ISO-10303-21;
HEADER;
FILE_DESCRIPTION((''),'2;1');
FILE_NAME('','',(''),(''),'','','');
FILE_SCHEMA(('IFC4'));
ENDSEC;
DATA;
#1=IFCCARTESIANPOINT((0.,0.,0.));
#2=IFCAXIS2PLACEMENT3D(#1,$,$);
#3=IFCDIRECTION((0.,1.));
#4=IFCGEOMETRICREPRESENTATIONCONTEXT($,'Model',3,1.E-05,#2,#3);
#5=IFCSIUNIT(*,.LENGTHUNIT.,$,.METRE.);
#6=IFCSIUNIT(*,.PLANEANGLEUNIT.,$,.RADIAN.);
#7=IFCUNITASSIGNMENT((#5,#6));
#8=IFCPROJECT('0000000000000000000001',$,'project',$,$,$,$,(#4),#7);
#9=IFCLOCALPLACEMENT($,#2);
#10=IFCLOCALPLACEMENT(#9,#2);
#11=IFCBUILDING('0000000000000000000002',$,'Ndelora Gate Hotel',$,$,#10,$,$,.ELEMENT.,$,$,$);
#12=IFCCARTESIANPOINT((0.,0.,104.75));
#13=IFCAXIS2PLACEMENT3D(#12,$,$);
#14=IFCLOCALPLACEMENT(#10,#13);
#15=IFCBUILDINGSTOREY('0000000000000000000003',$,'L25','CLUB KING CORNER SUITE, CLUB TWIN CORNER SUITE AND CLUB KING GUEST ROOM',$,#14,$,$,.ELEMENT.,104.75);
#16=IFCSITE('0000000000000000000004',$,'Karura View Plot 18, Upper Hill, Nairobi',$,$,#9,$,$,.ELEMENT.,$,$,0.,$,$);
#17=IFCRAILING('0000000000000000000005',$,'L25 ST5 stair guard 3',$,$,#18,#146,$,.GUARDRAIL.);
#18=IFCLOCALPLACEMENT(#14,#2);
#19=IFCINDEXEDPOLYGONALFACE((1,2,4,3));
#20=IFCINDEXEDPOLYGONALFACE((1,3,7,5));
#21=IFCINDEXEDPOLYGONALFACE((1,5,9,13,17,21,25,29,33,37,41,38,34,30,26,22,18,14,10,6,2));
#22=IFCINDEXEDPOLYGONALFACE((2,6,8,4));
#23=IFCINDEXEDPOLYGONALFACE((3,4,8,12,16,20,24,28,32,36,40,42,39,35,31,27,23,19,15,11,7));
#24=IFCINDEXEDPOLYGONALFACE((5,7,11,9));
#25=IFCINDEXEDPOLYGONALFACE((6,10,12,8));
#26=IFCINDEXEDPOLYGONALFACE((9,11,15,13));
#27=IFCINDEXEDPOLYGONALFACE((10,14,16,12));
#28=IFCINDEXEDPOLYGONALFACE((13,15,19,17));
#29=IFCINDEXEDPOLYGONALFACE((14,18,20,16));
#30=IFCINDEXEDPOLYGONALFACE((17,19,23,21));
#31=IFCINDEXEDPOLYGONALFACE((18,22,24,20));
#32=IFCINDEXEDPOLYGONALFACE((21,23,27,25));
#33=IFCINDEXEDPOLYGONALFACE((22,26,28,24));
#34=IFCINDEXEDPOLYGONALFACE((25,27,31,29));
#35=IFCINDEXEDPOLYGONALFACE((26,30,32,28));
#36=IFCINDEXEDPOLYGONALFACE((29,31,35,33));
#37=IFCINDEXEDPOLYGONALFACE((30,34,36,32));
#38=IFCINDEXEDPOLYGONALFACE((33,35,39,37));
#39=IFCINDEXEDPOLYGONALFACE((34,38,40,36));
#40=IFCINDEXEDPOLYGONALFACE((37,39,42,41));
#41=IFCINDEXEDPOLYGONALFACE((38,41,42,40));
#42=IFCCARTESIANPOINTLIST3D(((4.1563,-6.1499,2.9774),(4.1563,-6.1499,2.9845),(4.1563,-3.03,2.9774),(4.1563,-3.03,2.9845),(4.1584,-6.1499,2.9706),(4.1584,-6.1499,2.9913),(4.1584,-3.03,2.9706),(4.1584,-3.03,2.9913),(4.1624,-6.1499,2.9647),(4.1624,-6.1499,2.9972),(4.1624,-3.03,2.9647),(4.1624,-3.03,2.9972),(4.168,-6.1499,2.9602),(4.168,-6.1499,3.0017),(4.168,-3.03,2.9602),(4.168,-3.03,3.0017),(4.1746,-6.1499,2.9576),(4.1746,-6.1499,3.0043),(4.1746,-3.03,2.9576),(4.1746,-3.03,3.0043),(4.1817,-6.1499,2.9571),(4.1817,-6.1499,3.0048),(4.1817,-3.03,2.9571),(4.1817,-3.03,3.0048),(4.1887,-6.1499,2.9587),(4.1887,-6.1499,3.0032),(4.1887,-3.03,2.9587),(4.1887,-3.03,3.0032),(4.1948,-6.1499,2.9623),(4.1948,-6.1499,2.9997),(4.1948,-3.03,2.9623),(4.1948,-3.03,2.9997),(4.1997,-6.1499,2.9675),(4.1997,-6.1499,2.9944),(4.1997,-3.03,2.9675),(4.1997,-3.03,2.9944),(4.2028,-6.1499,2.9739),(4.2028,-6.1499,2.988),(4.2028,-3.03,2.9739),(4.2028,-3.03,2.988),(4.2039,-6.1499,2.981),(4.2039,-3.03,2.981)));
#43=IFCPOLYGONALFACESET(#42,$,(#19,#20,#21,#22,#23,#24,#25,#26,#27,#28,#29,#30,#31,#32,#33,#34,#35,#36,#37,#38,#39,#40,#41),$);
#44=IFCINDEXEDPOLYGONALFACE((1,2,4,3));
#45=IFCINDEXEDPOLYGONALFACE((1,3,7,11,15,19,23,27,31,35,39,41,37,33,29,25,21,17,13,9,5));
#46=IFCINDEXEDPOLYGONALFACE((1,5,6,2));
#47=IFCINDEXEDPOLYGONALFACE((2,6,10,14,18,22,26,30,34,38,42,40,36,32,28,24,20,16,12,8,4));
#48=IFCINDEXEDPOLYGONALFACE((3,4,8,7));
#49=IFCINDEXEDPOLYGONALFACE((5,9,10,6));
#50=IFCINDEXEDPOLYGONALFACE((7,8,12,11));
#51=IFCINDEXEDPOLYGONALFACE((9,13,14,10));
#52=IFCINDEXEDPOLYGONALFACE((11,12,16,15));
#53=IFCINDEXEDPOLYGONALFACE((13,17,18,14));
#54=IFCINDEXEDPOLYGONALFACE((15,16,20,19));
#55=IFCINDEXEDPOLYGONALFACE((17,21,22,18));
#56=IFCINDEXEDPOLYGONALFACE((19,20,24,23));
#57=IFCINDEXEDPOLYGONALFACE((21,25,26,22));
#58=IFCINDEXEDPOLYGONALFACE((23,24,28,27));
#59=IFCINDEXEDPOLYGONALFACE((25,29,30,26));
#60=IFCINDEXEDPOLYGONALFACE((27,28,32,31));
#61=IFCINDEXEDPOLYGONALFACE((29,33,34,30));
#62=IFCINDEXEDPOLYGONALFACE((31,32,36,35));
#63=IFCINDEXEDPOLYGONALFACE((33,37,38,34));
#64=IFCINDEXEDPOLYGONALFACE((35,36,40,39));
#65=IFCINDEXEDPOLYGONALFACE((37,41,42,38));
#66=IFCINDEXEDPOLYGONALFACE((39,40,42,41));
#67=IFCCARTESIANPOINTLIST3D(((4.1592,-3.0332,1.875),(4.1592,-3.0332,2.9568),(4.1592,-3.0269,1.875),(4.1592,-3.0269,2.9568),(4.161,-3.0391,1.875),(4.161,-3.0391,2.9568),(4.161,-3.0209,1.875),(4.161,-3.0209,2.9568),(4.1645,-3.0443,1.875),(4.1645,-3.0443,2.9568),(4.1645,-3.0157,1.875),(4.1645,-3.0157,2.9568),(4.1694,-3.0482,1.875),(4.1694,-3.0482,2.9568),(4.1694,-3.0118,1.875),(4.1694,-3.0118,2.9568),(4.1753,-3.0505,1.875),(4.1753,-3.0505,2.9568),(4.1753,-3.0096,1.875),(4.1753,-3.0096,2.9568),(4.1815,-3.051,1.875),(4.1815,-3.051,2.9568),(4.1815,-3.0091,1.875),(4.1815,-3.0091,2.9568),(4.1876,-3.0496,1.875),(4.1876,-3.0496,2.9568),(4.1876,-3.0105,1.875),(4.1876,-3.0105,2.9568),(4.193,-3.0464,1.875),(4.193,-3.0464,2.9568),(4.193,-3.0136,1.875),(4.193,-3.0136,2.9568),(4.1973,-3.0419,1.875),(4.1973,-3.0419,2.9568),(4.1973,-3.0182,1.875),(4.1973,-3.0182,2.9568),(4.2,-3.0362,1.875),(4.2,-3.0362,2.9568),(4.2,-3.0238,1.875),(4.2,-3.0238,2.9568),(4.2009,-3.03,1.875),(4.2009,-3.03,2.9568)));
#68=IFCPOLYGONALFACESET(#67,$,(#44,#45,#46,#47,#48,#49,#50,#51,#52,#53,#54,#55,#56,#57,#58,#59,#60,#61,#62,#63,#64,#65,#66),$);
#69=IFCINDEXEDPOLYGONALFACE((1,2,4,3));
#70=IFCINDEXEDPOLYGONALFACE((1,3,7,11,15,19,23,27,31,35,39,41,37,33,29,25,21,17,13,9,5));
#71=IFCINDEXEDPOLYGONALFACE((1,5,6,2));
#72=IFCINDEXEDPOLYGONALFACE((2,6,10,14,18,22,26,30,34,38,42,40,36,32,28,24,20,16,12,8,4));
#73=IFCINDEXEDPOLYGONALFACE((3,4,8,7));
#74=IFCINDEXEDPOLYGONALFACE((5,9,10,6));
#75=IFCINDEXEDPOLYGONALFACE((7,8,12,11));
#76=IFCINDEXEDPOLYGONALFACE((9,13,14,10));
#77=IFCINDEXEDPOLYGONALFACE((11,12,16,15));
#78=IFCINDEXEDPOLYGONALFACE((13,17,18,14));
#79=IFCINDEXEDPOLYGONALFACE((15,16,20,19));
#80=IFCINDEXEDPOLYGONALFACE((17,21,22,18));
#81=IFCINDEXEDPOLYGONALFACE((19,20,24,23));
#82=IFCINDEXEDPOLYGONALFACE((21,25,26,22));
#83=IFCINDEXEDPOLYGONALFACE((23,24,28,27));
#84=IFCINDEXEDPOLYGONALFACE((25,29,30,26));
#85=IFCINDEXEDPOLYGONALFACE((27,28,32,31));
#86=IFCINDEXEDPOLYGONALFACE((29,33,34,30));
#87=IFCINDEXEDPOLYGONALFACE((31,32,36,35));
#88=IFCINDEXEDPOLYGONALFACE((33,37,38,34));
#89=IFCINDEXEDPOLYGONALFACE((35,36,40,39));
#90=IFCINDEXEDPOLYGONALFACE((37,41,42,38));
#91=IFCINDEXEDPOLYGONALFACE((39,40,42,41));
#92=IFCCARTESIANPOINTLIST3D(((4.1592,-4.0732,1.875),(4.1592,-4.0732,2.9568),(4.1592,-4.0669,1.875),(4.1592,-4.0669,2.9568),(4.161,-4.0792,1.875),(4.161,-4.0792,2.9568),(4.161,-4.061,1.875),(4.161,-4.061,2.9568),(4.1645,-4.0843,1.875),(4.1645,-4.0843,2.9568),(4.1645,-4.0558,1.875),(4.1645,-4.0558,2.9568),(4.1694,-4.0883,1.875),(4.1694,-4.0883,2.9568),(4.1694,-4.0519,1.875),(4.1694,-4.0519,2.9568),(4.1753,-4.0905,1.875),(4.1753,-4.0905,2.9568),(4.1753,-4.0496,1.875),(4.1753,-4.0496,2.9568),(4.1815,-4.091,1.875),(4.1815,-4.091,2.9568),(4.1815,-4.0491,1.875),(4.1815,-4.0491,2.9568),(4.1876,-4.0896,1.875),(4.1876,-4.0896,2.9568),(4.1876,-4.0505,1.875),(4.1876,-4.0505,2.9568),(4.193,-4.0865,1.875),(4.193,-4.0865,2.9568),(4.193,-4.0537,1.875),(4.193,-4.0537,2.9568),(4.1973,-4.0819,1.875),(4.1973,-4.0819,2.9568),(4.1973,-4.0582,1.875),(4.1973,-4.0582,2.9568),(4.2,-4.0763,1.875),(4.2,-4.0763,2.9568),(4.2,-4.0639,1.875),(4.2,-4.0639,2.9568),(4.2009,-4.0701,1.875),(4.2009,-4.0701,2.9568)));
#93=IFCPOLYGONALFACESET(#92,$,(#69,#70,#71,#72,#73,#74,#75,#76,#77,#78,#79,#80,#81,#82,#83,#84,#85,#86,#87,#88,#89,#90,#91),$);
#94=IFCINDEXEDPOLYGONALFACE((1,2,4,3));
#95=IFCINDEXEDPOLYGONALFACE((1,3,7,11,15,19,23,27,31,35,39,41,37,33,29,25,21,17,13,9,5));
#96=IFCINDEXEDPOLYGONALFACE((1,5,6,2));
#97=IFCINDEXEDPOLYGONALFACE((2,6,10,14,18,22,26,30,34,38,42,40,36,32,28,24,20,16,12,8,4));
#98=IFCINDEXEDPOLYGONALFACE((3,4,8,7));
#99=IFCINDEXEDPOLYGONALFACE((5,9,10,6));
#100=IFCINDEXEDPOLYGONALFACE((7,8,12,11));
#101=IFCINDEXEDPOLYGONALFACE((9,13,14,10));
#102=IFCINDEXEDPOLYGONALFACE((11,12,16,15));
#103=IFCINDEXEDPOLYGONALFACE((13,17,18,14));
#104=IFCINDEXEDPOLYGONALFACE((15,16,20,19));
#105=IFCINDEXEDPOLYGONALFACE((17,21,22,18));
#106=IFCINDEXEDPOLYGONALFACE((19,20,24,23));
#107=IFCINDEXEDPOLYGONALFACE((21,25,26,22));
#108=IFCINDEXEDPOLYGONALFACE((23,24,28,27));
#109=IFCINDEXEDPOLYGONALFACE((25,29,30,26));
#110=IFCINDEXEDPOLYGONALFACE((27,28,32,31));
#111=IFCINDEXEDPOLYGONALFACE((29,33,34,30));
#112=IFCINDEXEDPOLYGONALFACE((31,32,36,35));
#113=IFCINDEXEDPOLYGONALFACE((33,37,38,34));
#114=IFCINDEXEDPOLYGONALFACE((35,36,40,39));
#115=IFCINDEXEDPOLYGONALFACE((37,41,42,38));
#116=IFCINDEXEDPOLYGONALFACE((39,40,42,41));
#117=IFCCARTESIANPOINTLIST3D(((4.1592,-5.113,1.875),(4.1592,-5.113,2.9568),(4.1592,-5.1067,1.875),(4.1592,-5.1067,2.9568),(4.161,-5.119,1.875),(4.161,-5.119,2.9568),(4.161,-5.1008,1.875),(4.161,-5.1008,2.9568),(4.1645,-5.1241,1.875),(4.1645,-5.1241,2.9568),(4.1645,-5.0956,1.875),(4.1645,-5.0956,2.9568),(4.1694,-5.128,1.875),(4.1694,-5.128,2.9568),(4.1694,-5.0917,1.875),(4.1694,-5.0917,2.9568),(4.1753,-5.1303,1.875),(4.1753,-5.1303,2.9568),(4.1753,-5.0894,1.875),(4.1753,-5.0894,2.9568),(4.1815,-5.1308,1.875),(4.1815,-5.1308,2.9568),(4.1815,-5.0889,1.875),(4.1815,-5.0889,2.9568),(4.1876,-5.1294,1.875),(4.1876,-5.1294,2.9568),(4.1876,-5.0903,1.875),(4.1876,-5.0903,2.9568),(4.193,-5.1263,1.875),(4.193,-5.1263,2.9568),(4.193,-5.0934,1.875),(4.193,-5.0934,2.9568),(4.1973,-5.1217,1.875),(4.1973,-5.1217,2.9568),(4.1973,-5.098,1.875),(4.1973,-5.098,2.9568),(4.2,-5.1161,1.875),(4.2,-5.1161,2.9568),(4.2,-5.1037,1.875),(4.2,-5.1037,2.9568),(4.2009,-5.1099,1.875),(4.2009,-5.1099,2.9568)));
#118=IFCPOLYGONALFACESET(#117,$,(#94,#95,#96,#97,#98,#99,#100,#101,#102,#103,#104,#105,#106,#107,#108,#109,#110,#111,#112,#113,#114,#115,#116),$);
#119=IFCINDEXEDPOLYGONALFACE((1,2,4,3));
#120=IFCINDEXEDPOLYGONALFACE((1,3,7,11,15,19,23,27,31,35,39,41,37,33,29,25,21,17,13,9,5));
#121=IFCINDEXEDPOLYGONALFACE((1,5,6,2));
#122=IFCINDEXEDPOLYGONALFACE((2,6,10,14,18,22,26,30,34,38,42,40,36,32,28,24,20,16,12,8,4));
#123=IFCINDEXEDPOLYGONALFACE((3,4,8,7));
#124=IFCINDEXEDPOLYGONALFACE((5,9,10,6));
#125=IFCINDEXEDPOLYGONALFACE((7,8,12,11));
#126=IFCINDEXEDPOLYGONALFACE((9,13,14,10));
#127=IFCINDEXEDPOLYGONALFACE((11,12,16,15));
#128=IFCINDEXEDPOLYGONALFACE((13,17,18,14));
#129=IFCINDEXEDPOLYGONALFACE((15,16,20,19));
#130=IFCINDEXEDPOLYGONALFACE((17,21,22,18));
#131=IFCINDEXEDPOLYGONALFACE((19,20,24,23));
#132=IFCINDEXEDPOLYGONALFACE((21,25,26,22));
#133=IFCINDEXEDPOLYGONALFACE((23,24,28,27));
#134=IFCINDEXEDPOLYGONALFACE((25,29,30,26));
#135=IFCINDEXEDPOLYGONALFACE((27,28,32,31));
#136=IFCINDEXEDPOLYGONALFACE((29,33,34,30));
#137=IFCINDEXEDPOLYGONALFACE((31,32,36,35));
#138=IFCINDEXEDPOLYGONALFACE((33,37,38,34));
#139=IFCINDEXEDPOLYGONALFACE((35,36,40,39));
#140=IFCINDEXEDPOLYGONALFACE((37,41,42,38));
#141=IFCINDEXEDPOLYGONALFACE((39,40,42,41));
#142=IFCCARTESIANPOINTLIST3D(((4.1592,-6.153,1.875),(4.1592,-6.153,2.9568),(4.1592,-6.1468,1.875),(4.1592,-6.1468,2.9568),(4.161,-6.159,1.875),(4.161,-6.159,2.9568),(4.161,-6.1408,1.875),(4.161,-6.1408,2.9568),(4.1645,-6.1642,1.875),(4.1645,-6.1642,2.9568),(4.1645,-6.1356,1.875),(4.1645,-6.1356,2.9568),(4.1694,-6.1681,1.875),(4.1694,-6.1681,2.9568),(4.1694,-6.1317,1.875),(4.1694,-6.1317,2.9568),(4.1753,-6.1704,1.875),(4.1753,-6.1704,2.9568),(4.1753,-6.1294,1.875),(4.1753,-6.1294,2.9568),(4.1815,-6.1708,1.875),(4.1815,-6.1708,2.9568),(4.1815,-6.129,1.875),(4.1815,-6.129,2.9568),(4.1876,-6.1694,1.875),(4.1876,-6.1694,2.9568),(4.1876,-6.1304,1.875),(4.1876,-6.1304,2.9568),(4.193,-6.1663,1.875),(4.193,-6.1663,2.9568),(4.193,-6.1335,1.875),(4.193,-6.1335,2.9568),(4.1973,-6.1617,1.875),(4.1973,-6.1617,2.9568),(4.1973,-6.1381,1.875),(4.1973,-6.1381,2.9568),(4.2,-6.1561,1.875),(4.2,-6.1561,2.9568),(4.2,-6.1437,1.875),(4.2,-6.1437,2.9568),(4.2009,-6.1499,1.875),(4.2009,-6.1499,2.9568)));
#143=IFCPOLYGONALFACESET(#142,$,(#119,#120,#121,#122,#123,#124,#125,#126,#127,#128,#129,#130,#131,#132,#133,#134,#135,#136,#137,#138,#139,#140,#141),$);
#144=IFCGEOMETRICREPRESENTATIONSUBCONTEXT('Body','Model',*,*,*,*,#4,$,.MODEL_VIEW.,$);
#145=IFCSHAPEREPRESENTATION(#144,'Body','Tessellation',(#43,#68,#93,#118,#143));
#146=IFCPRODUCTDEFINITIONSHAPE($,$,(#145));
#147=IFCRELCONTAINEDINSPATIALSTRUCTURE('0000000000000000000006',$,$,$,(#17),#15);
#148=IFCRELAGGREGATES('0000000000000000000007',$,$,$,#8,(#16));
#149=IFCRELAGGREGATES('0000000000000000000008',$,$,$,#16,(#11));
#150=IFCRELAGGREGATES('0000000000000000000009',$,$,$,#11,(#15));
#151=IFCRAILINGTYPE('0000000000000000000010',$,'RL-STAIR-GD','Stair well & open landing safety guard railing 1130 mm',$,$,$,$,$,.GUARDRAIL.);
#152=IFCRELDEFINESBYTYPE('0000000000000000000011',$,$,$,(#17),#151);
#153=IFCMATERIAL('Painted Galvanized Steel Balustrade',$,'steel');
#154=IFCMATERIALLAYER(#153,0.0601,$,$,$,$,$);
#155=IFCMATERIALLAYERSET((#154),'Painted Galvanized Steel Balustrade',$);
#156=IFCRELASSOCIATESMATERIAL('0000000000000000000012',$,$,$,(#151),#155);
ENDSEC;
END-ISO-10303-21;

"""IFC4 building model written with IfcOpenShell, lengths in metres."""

from ifc_helpers import new_model, si_unit, direction, frame, origin, origin_2d, place, context, subcontext, project, spatial, circle, extrude, material, layer, layer_set, type_object, element, save


model = new_model("IFC4")

# Units and contexts
model_context = context("Model", 3, precision=1e-05, world=origin(), true_north=direction((0.0, 1.0)))
body_context = subcontext(model_context, "Body", "Model", "MODEL_VIEW")
ifc_project = project(units=[si_unit("LENGTHUNIT", "METRE"), si_unit("PLANEANGLEUNIT", "RADIAN")], contexts=[model_context])

# Site, building, storey
site_placement = place(None, origin())
site = spatial("IfcSite", under=ifc_project, at=site_placement, Name="Karura View Plot 18, Upper Hill, Nairobi", CompositionType="ELEMENT", RefElevation=0.0)
building_placement = place(site_placement, origin())
building = spatial("IfcBuilding", under=site, at=building_placement, Name="Ndelora Gate Hotel", CompositionType="ELEMENT")
storey_placement = place(building_placement, frame((0.0, 0.0, 104.75)))
storey = spatial("IfcBuildingStorey", under=building, at=storey_placement, Name="L25", Description="CLUB KING CORNER SUITE, CLUB TWIN CORNER SUITE AND CLUB KING GUEST ROOM", CompositionType="ELEMENT", Elevation=104.75)

# Railing
ifc_material_1 = material(Name="Painted Galvanized Steel Balustrade", Category="steel")
ifc_layer_1 = layer(ifc_material_1, 0.0601)
ifc_layer_set_1 = layer_set([ifc_layer_1], Name="Painted Galvanized Steel Balustrade")
railing_type_1 = type_object("IfcRailingType", Name="RL-STAIR-GD", Description="Stair well & open landing safety guard railing 1130 mm", PredefinedType="GUARDRAIL", material=ifc_layer_set_1)
for number, where, name in (
    (1, (4.1799, -3.03, 1.875), "L25 ST5 stair guard 3"),
):
    element("IfcRailing", number, at=place(storey_placement, frame(where)), inside=storey, type_object=railing_type_1, Name=name, PredefinedType="GUARDRAIL", context=body_context, shape_type="SweptSolid", body=[
        extrude(circle(Radius=0.0239, at=origin_2d()), frame((0.0, 0.0, 1.106), z_axis=(0.0, -1.0, 0.0), x_axis=(1.0, 0.0, 0.0)), (0.0, 0.0, 1.0), 3.1199),
        extrude(circle(Radius=0.021, at=origin_2d()), origin(), (0.0, 0.0, 1.0), 1.0818),
        extrude(circle(Radius=0.021, at=origin_2d()), frame((0.0, -1.04, 0.0)), (0.0, 0.0, 1.0), 1.0818),
        extrude(circle(Radius=0.021, at=origin_2d()), frame((0.0, -2.0798, 0.0)), (0.0, 0.0, 1.0), 1.0818),
        extrude(circle(Radius=0.021, at=origin_2d()), frame((0.0, -3.1199, 0.0)), (0.0, 0.0, 1.0), 1.0818),
    ])

save(model, "model.ifc")
